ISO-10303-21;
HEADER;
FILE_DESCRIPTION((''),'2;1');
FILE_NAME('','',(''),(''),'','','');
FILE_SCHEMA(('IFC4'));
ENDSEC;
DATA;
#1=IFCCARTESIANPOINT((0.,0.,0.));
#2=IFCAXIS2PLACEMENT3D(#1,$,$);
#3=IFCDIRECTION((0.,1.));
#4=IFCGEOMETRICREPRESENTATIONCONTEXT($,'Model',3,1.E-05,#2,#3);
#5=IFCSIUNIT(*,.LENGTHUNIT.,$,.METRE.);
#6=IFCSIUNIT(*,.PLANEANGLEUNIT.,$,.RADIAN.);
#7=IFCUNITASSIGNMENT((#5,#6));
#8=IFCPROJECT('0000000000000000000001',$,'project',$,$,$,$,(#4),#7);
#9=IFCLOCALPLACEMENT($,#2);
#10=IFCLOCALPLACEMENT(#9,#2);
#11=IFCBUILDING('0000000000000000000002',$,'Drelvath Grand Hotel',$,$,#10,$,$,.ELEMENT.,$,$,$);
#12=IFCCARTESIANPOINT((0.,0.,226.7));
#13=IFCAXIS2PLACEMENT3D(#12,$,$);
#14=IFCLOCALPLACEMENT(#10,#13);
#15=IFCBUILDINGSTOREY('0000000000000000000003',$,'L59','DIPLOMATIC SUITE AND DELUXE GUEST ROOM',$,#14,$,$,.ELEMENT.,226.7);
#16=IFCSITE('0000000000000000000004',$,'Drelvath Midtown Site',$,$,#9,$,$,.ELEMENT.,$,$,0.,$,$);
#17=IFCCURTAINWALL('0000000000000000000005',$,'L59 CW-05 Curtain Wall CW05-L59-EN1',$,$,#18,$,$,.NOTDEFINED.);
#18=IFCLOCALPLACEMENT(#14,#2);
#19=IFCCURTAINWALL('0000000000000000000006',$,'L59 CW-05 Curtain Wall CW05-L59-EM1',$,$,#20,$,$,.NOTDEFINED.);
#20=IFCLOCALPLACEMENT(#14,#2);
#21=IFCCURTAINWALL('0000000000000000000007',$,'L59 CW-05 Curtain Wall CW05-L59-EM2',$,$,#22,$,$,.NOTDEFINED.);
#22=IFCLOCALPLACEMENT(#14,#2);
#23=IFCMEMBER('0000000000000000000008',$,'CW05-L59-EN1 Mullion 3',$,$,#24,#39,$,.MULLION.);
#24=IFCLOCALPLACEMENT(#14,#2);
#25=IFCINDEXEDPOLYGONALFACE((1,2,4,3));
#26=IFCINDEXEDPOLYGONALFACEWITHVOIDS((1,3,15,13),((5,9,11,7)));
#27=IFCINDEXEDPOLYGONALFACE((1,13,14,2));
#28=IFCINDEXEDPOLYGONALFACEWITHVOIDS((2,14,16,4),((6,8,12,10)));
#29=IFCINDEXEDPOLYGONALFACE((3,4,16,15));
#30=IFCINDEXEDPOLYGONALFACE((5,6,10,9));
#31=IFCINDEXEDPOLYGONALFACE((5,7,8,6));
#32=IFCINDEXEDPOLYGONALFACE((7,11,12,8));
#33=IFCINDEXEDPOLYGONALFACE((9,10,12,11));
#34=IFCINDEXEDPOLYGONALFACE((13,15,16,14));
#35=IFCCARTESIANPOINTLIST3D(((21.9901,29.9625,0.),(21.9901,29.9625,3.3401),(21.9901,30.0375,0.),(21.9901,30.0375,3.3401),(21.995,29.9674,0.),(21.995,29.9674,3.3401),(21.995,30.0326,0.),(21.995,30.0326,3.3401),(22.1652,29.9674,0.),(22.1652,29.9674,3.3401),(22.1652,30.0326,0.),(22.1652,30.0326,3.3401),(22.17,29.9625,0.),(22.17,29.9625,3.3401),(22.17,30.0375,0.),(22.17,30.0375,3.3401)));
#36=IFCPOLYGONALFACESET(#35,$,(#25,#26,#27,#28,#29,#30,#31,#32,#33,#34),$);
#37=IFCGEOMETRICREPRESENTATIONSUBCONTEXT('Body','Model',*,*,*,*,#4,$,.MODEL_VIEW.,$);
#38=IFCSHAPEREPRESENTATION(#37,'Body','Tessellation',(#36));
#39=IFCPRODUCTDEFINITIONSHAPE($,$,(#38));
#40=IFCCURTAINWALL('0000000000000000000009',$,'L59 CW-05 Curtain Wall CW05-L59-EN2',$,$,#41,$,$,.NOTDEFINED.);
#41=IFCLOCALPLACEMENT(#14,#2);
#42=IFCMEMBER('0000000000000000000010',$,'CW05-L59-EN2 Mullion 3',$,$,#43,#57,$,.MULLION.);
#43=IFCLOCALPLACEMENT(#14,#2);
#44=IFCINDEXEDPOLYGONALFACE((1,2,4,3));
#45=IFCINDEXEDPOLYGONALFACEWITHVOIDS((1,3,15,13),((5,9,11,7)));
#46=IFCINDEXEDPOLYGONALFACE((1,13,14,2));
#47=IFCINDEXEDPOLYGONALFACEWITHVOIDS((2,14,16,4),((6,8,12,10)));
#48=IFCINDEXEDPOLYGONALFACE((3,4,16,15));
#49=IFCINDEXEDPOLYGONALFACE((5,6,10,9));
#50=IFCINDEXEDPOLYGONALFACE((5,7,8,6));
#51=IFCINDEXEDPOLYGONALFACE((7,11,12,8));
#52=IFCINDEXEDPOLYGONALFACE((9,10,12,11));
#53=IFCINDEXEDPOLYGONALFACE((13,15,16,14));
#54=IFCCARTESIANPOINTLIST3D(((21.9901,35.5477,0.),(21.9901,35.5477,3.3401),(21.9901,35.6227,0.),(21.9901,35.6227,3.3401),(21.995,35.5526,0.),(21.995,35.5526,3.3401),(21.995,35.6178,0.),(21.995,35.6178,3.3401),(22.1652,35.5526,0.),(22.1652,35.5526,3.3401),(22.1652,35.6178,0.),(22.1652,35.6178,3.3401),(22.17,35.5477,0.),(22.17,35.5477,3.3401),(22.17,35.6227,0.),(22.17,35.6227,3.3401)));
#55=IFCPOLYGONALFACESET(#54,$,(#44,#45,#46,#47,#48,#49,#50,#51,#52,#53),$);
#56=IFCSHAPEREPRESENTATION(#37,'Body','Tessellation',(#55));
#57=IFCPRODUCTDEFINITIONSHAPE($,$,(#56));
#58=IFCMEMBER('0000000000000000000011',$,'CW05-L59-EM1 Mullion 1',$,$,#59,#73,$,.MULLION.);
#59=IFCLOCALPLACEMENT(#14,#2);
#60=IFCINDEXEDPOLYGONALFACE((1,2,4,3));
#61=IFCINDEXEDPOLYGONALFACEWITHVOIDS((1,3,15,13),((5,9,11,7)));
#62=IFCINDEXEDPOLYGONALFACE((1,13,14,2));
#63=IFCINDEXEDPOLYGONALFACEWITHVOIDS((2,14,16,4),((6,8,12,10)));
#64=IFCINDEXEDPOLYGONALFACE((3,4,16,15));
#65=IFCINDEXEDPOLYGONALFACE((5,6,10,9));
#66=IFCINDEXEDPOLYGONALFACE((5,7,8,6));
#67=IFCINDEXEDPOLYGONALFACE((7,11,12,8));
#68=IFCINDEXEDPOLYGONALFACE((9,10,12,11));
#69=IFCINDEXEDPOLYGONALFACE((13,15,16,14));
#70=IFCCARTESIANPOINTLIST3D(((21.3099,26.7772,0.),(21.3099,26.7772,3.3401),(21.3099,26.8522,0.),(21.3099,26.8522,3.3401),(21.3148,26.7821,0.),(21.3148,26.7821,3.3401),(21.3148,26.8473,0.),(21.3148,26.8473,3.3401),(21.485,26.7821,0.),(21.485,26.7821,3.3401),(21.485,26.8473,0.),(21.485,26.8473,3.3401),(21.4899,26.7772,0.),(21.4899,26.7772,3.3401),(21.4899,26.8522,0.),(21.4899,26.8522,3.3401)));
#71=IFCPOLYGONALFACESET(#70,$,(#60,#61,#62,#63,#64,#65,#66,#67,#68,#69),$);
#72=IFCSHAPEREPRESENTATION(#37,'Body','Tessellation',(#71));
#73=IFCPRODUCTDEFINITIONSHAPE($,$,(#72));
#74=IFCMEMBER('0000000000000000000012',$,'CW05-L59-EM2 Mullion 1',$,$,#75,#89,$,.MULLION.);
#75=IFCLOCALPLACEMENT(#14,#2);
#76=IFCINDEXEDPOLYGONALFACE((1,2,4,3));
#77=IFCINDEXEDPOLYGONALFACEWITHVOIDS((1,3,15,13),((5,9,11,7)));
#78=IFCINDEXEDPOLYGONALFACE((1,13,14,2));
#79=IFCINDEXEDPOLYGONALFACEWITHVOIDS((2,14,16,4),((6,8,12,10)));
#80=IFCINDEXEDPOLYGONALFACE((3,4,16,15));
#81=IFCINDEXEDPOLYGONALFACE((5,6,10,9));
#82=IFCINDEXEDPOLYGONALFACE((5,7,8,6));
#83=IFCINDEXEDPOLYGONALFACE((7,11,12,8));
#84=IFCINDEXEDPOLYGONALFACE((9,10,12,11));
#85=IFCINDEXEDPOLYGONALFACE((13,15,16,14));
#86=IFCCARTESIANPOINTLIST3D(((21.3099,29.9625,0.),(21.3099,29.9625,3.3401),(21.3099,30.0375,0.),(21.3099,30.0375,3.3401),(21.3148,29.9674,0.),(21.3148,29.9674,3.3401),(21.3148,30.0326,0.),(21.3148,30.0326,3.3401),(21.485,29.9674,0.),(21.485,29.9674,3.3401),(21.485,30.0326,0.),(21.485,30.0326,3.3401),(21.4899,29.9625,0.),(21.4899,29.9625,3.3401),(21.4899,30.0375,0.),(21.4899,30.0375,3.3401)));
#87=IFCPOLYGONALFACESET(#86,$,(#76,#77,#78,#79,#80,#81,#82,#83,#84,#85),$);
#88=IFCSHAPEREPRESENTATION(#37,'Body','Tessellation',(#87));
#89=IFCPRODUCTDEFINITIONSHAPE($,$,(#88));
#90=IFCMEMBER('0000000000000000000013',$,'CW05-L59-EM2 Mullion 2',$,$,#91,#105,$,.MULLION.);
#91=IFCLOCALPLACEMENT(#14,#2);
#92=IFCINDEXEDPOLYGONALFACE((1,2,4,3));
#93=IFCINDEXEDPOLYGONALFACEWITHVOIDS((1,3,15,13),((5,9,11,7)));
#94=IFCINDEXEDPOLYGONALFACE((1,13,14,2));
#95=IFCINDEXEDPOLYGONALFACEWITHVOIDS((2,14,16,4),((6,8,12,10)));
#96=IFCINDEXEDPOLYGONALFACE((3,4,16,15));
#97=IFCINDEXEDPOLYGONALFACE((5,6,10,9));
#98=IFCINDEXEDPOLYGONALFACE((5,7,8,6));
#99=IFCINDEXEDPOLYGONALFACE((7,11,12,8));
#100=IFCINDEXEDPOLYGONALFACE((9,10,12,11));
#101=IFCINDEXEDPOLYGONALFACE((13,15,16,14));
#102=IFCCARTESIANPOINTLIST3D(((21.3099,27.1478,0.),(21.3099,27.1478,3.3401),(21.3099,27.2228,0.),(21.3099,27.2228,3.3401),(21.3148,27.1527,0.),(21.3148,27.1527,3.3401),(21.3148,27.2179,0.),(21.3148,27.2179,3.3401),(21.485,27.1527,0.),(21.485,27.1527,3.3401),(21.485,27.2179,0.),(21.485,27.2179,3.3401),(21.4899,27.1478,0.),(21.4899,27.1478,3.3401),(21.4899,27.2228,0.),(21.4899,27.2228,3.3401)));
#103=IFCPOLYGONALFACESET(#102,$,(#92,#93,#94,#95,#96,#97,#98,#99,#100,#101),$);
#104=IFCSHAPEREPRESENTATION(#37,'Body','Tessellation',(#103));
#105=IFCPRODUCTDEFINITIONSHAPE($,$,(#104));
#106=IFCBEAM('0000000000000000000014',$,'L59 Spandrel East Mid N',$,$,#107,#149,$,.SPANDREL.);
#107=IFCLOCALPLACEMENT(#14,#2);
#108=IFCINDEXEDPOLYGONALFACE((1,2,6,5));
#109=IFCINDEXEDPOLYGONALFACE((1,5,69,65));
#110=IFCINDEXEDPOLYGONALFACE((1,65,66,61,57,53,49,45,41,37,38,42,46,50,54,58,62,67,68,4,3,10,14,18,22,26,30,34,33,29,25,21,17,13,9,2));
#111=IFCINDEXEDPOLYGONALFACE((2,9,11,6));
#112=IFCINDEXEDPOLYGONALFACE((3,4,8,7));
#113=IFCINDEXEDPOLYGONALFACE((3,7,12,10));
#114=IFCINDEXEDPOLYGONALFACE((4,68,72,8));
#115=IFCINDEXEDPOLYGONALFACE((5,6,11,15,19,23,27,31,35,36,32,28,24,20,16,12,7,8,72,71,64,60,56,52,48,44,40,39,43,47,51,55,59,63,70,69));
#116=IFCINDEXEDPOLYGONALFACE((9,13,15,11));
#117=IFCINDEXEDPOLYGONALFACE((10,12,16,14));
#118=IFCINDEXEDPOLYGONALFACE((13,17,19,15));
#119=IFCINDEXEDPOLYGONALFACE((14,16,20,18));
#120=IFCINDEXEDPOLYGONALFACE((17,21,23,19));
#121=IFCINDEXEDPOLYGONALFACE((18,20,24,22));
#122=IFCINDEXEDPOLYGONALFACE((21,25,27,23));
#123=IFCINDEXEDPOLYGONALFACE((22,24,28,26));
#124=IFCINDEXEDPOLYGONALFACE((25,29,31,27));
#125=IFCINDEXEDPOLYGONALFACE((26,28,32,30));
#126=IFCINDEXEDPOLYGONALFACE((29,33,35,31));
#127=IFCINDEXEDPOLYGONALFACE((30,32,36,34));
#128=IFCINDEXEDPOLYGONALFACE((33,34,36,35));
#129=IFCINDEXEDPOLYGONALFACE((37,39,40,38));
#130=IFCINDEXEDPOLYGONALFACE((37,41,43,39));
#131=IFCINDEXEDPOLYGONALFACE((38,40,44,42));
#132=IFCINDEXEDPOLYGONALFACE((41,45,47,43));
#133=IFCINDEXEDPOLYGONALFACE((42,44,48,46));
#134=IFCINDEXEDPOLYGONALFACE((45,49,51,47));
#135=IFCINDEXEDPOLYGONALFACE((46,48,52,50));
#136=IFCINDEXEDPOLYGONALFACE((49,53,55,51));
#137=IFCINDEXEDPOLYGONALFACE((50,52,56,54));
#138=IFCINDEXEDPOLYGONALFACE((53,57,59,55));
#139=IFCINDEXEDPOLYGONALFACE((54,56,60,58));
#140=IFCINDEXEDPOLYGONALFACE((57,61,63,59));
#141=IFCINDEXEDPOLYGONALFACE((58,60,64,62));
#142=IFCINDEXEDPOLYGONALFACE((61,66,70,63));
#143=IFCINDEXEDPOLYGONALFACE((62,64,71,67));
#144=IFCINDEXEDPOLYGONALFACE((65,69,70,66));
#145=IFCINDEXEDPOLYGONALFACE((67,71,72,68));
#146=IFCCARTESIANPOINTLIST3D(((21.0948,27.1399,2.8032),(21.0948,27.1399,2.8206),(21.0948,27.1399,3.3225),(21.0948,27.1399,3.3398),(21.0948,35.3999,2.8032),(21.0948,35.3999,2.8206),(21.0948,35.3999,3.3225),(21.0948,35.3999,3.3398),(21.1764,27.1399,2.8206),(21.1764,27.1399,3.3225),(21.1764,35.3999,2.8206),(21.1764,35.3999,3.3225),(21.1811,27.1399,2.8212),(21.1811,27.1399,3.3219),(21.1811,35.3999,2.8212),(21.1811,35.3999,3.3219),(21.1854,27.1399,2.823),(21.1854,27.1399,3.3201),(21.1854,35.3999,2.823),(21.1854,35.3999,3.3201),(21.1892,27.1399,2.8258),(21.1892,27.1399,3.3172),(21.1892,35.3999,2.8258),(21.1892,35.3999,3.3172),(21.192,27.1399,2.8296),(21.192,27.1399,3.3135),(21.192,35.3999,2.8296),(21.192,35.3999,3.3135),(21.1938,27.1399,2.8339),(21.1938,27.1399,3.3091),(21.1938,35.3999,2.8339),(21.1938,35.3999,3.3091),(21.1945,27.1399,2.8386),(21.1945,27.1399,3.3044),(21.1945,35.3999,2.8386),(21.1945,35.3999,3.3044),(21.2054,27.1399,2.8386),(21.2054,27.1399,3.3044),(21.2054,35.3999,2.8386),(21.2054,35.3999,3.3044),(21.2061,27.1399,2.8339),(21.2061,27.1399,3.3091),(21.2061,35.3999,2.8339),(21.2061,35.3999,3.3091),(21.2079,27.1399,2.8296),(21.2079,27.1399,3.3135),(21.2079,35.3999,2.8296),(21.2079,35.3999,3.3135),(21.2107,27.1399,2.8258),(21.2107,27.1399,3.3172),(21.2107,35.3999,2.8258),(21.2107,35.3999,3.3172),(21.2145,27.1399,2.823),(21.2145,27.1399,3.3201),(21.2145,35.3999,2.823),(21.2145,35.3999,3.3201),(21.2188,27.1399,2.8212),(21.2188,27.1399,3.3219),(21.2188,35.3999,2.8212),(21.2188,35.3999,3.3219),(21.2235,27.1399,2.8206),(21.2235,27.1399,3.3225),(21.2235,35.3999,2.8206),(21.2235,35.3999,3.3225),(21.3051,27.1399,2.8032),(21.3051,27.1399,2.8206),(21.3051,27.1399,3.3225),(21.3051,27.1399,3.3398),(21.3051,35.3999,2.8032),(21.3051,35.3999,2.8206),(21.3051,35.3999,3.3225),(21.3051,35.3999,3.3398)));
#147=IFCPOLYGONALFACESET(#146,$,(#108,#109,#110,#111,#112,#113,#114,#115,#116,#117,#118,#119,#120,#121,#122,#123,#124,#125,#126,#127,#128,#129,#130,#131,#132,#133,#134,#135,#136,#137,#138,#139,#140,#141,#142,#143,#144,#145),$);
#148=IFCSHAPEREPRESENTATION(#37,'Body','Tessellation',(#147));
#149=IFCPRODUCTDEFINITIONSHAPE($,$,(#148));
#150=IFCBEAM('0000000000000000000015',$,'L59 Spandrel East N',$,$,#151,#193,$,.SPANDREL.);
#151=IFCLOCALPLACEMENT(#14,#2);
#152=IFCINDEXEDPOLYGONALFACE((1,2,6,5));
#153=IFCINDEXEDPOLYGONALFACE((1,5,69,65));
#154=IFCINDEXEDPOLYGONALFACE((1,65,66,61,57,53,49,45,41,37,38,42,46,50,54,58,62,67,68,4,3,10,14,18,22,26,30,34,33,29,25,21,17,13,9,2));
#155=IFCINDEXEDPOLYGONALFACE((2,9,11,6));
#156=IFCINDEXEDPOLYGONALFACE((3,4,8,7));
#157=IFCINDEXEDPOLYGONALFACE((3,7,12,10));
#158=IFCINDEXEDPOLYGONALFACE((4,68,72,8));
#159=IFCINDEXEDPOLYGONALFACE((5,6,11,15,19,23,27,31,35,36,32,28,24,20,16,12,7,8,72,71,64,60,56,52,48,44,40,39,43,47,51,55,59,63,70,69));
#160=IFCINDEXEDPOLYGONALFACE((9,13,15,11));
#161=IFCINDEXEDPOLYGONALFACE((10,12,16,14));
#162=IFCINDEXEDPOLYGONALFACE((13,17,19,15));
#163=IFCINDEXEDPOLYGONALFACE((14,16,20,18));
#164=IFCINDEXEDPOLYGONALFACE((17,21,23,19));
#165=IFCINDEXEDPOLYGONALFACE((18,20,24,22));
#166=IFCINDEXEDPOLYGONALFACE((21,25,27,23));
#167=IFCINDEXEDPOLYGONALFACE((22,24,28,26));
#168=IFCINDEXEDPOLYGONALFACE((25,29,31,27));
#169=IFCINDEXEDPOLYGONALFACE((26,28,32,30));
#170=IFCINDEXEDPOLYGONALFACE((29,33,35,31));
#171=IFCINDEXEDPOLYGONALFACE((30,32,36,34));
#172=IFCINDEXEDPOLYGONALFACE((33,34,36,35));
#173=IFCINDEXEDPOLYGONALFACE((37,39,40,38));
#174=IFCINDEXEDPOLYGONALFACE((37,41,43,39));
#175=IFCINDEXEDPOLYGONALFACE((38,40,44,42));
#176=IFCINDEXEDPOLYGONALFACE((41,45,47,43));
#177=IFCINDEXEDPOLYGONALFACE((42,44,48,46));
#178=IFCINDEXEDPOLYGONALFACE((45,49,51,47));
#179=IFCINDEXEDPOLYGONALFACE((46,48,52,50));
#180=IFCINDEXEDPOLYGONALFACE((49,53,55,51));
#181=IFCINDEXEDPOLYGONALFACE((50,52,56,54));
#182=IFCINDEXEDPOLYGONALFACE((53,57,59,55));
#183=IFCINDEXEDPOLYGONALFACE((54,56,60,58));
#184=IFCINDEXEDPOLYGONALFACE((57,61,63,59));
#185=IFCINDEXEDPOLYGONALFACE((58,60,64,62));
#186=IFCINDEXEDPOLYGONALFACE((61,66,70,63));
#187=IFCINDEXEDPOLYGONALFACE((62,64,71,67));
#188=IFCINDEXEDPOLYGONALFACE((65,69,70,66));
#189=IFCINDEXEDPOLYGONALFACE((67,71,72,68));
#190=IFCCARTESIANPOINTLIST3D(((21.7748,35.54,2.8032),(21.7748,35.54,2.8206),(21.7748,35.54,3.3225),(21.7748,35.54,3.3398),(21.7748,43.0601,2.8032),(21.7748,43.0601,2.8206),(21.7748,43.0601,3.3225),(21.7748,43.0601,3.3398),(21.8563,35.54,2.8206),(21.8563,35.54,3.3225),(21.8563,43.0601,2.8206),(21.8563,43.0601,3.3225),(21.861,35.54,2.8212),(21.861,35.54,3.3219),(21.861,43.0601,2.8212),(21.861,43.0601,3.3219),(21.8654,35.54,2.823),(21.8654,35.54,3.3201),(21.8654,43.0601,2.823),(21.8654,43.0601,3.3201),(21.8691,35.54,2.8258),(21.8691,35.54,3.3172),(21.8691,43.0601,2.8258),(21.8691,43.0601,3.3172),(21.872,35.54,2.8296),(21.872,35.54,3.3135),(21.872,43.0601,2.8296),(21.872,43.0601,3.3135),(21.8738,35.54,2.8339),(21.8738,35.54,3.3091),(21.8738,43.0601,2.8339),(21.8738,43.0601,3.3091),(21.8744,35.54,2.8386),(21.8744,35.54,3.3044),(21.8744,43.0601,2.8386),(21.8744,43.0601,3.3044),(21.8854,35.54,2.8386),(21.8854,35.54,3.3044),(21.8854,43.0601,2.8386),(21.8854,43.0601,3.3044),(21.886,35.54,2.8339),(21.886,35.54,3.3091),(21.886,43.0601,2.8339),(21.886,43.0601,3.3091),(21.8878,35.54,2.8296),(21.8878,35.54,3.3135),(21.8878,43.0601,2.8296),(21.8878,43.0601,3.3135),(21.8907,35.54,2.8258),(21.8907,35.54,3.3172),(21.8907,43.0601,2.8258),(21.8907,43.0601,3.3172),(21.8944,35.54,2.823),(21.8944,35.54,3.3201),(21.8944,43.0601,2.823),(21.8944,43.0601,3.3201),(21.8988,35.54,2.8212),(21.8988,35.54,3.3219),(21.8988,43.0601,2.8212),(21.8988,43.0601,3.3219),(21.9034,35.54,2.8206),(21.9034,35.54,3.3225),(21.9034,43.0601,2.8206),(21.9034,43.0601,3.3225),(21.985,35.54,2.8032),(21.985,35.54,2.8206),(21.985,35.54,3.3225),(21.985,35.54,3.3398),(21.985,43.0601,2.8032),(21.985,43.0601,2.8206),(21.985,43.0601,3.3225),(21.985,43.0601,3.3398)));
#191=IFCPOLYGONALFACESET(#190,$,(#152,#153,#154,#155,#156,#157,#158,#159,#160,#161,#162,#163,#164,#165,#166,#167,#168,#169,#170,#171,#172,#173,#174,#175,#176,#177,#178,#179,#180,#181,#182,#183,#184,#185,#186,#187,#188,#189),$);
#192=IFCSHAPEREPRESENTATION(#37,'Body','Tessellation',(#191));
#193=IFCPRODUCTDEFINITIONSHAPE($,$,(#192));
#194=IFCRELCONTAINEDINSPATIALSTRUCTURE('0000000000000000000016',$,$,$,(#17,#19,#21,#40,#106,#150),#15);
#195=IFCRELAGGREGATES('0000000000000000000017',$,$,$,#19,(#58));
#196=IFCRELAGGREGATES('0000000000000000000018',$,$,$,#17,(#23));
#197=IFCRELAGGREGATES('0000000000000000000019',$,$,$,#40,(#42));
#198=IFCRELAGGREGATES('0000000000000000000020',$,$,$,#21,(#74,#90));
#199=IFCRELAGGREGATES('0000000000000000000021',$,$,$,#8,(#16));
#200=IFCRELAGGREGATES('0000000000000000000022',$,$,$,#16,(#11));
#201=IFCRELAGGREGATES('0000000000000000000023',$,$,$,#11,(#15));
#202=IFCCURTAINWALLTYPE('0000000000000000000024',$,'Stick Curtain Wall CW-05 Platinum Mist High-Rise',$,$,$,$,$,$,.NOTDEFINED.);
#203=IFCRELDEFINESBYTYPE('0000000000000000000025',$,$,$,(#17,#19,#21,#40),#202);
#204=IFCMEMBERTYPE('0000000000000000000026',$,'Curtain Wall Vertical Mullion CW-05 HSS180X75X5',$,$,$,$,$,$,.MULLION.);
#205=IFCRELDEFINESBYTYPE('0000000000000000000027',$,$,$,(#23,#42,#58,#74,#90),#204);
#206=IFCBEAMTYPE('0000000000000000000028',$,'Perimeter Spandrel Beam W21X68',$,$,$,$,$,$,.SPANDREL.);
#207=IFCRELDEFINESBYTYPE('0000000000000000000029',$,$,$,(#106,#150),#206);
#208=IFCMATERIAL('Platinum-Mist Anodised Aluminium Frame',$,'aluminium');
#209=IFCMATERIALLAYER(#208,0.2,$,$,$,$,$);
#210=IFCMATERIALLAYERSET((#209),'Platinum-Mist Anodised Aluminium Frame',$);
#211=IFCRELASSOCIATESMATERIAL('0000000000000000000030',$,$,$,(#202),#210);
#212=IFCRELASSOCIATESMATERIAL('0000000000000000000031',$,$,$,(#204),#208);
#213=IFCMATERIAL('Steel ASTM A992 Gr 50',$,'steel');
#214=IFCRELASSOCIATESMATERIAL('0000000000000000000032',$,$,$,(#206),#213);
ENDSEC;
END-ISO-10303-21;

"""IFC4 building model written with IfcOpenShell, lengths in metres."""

from ifc_helpers import new_model, si_unit, direction, frame, origin, origin_2d, place, context, subcontext, project, spatial, hollow_rectangle, i_section, extrude, material, layer, layer_set, material_profile, profile_set, type_object, element, aggregate, save


model = new_model("IFC4")

# Units and contexts
model_context = context("Model", 3, precision=1e-05, world=origin(), true_north=direction((0.0, 1.0)))
body_context = subcontext(model_context, "Body", "Model", "MODEL_VIEW")
ifc_project = project(units=[si_unit("LENGTHUNIT", "METRE"), si_unit("PLANEANGLEUNIT", "RADIAN")], contexts=[model_context])

# Site, building, storey
site_placement = place(None, origin())
site = spatial("IfcSite", under=ifc_project, at=site_placement, Name="Drelvath Midtown Site", CompositionType="ELEMENT", RefElevation=0.0)
building_placement = place(site_placement, origin())
building = spatial("IfcBuilding", under=site, at=building_placement, Name="Drelvath Grand Hotel", CompositionType="ELEMENT")
storey_placement = place(building_placement, frame((0.0, 0.0, 226.7)))
storey = spatial("IfcBuildingStorey", under=building, at=storey_placement, Name="L59", Description="DIPLOMATIC SUITE AND DELUXE GUEST ROOM", CompositionType="ELEMENT", Elevation=226.7)

# Curtain walls
ifc_material_1 = material(Name="Platinum-Mist Anodised Aluminium Frame", Category="aluminium")
ifc_layer_1 = layer(ifc_material_1, 0.2)
ifc_layer_set_1 = layer_set([ifc_layer_1], Name="Platinum-Mist Anodised Aluminium Frame")
curtain_wall_type = type_object("IfcCurtainWallType", Name="Stick Curtain Wall CW-05 Platinum Mist High-Rise", PredefinedType="NOTDEFINED", material=ifc_layer_set_1)
curtain_wall_1_placement = place(storey_placement, origin())
curtain_wall_1 = element("IfcCurtainWall", 1, at=curtain_wall_1_placement, inside=storey, type_object=curtain_wall_type, Name="L59 CW-05 Curtain Wall CW05-L59-EN1", PredefinedType="NOTDEFINED")
curtain_wall_2_placement = place(storey_placement, origin())
curtain_wall_2 = element("IfcCurtainWall", 2, at=curtain_wall_2_placement, inside=storey, type_object=curtain_wall_type, Name="L59 CW-05 Curtain Wall CW05-L59-EM1", PredefinedType="NOTDEFINED")
curtain_wall_3_placement = place(storey_placement, origin())
curtain_wall_3 = element("IfcCurtainWall", 3, at=curtain_wall_3_placement, inside=storey, type_object=curtain_wall_type, Name="L59 CW-05 Curtain Wall CW05-L59-EM2", PredefinedType="NOTDEFINED")

# Member
ifc_material_profile_1 = material_profile(ifc_material_1, hollow_rectangle(XDim=0.075, YDim=0.1799, WallThickness=0.0049, at=origin_2d()), Name="HSS180X75X5")
ifc_profile_set_1 = profile_set([ifc_material_profile_1], Name="Platinum-Mist Anodised Aluminium Frame")
member_type_1 = type_object("IfcMemberType", Name="Curtain Wall Vertical Mullion CW-05 HSS180X75X5", PredefinedType="MULLION", material=ifc_profile_set_1)
member_1_placement = place(storey_placement, frame((22.0801, 30.0, 0.0), z_axis=(0.0, 0.0, 1.0), x_axis=(0.0, 1.0, 0.0)))
member_1 = element("IfcMember", 4, at=member_1_placement, type_object=member_type_1, Name="CW05-L59-EN1 Mullion 3", PredefinedType="MULLION", context=body_context, shape_type="SweptSolid", body=[
    extrude(hollow_rectangle(XDim=0.075, YDim=0.1799, WallThickness=0.0049, at=origin_2d()), origin(), (0.0, 0.0, 1.0), 3.3401),
])

# Curtain wall, member
curtain_wall_4_placement = place(storey_placement, origin())
curtain_wall_4 = element("IfcCurtainWall", 5, at=curtain_wall_4_placement, inside=storey, type_object=curtain_wall_type, Name="L59 CW-05 Curtain Wall CW05-L59-EN2", PredefinedType="NOTDEFINED")
member_2_placement = place(storey_placement, frame((22.0801, 35.5852, 0.0), z_axis=(0.0, 0.0, 1.0), x_axis=(0.0, 1.0, 0.0)))
member_2 = element("IfcMember", 6, at=member_2_placement, type_object=member_type_1, Name="CW05-L59-EN2 Mullion 3", PredefinedType="MULLION", context=body_context, shape_type="SweptSolid", body=[
    extrude(hollow_rectangle(XDim=0.075, YDim=0.1799, WallThickness=0.0049, at=origin_2d()), origin(), (0.0, 0.0, 1.0), 3.3401),
])

# Members
member_3_placement = place(storey_placement, frame((21.3999, 26.8147, 0.0), z_axis=(0.0, 0.0, 1.0), x_axis=(0.0, 1.0, 0.0)))
member_3 = element("IfcMember", 7, at=member_3_placement, type_object=member_type_1, Name="CW05-L59-EM1 Mullion 1", PredefinedType="MULLION", context=body_context, shape_type="SweptSolid", body=[
    extrude(hollow_rectangle(XDim=0.075, YDim=0.1799, WallThickness=0.0049, at=origin_2d()), origin(), (0.0, 0.0, 1.0), 3.3401),
])
aggregate(curtain_wall_2, [member_3])
member_4_placement = place(storey_placement, frame((21.3999, 30.0, 0.0), z_axis=(0.0, 0.0, 1.0), x_axis=(0.0, 1.0, 0.0)))
member_4 = element("IfcMember", 8, at=member_4_placement, type_object=member_type_1, Name="CW05-L59-EM2 Mullion 1", PredefinedType="MULLION", context=body_context, shape_type="SweptSolid", body=[
    extrude(hollow_rectangle(XDim=0.075, YDim=0.1799, WallThickness=0.0049, at=origin_2d()), origin(), (0.0, 0.0, 1.0), 3.3401),
])
member_5_placement = place(storey_placement, frame((21.3999, 27.1853, 0.0), z_axis=(0.0, 0.0, 1.0), x_axis=(0.0, 1.0, 0.0)))
member_5 = element("IfcMember", 9, at=member_5_placement, type_object=member_type_1, Name="CW05-L59-EM2 Mullion 2", PredefinedType="MULLION", context=body_context, shape_type="SweptSolid", body=[
    extrude(hollow_rectangle(XDim=0.075, YDim=0.1799, WallThickness=0.0049, at=origin_2d()), origin(), (0.0, 0.0, 1.0), 3.3401),
])

# Beams
ifc_material_2 = material(Name="Steel ASTM A992 Gr 50", Category="steel")
ifc_material_profile_2 = material_profile(ifc_material_2, i_section(OverallWidth=0.2102, OverallDepth=0.5366, WebThickness=0.011, FlangeThickness=0.0173, FilletRadius=0.0181, at=origin_2d()), Name="W21X68")
ifc_profile_set_2 = profile_set([ifc_material_profile_2], Name="Steel ASTM A992 Gr 50")
beam_type_1 = type_object("IfcBeamType", Name="Perimeter Spandrel Beam W21X68", PredefinedType="SPANDREL", material=ifc_profile_set_2)
beam_1_placement = place(storey_placement, frame((21.2, 27.1399, 3.0715), z_axis=(0.0, 1.0, 0.0), x_axis=(-1.0, 0.0, 0.0)))
element("IfcBeam", 10, at=beam_1_placement, inside=storey, type_object=beam_type_1, Name="L59 Spandrel East Mid N", PredefinedType="SPANDREL", context=body_context, shape_type="SweptSolid", body=[
    extrude(i_section(OverallWidth=0.2102, OverallDepth=0.5366, WebThickness=0.011, FlangeThickness=0.0173, FilletRadius=0.0181, at=origin_2d()), origin(), (0.0, 0.0, 1.0), 8.26),
])
beam_2_placement = place(storey_placement, frame((21.8799, 35.54, 3.0715), z_axis=(0.0, 1.0, 0.0), x_axis=(-1.0, 0.0, 0.0)))
element("IfcBeam", 11, at=beam_2_placement, inside=storey, type_object=beam_type_1, Name="L59 Spandrel East N", PredefinedType="SPANDREL", context=body_context, shape_type="SweptSolid", body=[
    extrude(i_section(OverallWidth=0.2102, OverallDepth=0.5366, WebThickness=0.011, FlangeThickness=0.0173, FilletRadius=0.0181, at=origin_2d()), origin(), (0.0, 0.0, 1.0), 7.52),
])

aggregate(curtain_wall_1, [member_1])
aggregate(curtain_wall_4, [member_2])
aggregate(curtain_wall_3, [member_4, member_5])

save(model, "model.ifc")
